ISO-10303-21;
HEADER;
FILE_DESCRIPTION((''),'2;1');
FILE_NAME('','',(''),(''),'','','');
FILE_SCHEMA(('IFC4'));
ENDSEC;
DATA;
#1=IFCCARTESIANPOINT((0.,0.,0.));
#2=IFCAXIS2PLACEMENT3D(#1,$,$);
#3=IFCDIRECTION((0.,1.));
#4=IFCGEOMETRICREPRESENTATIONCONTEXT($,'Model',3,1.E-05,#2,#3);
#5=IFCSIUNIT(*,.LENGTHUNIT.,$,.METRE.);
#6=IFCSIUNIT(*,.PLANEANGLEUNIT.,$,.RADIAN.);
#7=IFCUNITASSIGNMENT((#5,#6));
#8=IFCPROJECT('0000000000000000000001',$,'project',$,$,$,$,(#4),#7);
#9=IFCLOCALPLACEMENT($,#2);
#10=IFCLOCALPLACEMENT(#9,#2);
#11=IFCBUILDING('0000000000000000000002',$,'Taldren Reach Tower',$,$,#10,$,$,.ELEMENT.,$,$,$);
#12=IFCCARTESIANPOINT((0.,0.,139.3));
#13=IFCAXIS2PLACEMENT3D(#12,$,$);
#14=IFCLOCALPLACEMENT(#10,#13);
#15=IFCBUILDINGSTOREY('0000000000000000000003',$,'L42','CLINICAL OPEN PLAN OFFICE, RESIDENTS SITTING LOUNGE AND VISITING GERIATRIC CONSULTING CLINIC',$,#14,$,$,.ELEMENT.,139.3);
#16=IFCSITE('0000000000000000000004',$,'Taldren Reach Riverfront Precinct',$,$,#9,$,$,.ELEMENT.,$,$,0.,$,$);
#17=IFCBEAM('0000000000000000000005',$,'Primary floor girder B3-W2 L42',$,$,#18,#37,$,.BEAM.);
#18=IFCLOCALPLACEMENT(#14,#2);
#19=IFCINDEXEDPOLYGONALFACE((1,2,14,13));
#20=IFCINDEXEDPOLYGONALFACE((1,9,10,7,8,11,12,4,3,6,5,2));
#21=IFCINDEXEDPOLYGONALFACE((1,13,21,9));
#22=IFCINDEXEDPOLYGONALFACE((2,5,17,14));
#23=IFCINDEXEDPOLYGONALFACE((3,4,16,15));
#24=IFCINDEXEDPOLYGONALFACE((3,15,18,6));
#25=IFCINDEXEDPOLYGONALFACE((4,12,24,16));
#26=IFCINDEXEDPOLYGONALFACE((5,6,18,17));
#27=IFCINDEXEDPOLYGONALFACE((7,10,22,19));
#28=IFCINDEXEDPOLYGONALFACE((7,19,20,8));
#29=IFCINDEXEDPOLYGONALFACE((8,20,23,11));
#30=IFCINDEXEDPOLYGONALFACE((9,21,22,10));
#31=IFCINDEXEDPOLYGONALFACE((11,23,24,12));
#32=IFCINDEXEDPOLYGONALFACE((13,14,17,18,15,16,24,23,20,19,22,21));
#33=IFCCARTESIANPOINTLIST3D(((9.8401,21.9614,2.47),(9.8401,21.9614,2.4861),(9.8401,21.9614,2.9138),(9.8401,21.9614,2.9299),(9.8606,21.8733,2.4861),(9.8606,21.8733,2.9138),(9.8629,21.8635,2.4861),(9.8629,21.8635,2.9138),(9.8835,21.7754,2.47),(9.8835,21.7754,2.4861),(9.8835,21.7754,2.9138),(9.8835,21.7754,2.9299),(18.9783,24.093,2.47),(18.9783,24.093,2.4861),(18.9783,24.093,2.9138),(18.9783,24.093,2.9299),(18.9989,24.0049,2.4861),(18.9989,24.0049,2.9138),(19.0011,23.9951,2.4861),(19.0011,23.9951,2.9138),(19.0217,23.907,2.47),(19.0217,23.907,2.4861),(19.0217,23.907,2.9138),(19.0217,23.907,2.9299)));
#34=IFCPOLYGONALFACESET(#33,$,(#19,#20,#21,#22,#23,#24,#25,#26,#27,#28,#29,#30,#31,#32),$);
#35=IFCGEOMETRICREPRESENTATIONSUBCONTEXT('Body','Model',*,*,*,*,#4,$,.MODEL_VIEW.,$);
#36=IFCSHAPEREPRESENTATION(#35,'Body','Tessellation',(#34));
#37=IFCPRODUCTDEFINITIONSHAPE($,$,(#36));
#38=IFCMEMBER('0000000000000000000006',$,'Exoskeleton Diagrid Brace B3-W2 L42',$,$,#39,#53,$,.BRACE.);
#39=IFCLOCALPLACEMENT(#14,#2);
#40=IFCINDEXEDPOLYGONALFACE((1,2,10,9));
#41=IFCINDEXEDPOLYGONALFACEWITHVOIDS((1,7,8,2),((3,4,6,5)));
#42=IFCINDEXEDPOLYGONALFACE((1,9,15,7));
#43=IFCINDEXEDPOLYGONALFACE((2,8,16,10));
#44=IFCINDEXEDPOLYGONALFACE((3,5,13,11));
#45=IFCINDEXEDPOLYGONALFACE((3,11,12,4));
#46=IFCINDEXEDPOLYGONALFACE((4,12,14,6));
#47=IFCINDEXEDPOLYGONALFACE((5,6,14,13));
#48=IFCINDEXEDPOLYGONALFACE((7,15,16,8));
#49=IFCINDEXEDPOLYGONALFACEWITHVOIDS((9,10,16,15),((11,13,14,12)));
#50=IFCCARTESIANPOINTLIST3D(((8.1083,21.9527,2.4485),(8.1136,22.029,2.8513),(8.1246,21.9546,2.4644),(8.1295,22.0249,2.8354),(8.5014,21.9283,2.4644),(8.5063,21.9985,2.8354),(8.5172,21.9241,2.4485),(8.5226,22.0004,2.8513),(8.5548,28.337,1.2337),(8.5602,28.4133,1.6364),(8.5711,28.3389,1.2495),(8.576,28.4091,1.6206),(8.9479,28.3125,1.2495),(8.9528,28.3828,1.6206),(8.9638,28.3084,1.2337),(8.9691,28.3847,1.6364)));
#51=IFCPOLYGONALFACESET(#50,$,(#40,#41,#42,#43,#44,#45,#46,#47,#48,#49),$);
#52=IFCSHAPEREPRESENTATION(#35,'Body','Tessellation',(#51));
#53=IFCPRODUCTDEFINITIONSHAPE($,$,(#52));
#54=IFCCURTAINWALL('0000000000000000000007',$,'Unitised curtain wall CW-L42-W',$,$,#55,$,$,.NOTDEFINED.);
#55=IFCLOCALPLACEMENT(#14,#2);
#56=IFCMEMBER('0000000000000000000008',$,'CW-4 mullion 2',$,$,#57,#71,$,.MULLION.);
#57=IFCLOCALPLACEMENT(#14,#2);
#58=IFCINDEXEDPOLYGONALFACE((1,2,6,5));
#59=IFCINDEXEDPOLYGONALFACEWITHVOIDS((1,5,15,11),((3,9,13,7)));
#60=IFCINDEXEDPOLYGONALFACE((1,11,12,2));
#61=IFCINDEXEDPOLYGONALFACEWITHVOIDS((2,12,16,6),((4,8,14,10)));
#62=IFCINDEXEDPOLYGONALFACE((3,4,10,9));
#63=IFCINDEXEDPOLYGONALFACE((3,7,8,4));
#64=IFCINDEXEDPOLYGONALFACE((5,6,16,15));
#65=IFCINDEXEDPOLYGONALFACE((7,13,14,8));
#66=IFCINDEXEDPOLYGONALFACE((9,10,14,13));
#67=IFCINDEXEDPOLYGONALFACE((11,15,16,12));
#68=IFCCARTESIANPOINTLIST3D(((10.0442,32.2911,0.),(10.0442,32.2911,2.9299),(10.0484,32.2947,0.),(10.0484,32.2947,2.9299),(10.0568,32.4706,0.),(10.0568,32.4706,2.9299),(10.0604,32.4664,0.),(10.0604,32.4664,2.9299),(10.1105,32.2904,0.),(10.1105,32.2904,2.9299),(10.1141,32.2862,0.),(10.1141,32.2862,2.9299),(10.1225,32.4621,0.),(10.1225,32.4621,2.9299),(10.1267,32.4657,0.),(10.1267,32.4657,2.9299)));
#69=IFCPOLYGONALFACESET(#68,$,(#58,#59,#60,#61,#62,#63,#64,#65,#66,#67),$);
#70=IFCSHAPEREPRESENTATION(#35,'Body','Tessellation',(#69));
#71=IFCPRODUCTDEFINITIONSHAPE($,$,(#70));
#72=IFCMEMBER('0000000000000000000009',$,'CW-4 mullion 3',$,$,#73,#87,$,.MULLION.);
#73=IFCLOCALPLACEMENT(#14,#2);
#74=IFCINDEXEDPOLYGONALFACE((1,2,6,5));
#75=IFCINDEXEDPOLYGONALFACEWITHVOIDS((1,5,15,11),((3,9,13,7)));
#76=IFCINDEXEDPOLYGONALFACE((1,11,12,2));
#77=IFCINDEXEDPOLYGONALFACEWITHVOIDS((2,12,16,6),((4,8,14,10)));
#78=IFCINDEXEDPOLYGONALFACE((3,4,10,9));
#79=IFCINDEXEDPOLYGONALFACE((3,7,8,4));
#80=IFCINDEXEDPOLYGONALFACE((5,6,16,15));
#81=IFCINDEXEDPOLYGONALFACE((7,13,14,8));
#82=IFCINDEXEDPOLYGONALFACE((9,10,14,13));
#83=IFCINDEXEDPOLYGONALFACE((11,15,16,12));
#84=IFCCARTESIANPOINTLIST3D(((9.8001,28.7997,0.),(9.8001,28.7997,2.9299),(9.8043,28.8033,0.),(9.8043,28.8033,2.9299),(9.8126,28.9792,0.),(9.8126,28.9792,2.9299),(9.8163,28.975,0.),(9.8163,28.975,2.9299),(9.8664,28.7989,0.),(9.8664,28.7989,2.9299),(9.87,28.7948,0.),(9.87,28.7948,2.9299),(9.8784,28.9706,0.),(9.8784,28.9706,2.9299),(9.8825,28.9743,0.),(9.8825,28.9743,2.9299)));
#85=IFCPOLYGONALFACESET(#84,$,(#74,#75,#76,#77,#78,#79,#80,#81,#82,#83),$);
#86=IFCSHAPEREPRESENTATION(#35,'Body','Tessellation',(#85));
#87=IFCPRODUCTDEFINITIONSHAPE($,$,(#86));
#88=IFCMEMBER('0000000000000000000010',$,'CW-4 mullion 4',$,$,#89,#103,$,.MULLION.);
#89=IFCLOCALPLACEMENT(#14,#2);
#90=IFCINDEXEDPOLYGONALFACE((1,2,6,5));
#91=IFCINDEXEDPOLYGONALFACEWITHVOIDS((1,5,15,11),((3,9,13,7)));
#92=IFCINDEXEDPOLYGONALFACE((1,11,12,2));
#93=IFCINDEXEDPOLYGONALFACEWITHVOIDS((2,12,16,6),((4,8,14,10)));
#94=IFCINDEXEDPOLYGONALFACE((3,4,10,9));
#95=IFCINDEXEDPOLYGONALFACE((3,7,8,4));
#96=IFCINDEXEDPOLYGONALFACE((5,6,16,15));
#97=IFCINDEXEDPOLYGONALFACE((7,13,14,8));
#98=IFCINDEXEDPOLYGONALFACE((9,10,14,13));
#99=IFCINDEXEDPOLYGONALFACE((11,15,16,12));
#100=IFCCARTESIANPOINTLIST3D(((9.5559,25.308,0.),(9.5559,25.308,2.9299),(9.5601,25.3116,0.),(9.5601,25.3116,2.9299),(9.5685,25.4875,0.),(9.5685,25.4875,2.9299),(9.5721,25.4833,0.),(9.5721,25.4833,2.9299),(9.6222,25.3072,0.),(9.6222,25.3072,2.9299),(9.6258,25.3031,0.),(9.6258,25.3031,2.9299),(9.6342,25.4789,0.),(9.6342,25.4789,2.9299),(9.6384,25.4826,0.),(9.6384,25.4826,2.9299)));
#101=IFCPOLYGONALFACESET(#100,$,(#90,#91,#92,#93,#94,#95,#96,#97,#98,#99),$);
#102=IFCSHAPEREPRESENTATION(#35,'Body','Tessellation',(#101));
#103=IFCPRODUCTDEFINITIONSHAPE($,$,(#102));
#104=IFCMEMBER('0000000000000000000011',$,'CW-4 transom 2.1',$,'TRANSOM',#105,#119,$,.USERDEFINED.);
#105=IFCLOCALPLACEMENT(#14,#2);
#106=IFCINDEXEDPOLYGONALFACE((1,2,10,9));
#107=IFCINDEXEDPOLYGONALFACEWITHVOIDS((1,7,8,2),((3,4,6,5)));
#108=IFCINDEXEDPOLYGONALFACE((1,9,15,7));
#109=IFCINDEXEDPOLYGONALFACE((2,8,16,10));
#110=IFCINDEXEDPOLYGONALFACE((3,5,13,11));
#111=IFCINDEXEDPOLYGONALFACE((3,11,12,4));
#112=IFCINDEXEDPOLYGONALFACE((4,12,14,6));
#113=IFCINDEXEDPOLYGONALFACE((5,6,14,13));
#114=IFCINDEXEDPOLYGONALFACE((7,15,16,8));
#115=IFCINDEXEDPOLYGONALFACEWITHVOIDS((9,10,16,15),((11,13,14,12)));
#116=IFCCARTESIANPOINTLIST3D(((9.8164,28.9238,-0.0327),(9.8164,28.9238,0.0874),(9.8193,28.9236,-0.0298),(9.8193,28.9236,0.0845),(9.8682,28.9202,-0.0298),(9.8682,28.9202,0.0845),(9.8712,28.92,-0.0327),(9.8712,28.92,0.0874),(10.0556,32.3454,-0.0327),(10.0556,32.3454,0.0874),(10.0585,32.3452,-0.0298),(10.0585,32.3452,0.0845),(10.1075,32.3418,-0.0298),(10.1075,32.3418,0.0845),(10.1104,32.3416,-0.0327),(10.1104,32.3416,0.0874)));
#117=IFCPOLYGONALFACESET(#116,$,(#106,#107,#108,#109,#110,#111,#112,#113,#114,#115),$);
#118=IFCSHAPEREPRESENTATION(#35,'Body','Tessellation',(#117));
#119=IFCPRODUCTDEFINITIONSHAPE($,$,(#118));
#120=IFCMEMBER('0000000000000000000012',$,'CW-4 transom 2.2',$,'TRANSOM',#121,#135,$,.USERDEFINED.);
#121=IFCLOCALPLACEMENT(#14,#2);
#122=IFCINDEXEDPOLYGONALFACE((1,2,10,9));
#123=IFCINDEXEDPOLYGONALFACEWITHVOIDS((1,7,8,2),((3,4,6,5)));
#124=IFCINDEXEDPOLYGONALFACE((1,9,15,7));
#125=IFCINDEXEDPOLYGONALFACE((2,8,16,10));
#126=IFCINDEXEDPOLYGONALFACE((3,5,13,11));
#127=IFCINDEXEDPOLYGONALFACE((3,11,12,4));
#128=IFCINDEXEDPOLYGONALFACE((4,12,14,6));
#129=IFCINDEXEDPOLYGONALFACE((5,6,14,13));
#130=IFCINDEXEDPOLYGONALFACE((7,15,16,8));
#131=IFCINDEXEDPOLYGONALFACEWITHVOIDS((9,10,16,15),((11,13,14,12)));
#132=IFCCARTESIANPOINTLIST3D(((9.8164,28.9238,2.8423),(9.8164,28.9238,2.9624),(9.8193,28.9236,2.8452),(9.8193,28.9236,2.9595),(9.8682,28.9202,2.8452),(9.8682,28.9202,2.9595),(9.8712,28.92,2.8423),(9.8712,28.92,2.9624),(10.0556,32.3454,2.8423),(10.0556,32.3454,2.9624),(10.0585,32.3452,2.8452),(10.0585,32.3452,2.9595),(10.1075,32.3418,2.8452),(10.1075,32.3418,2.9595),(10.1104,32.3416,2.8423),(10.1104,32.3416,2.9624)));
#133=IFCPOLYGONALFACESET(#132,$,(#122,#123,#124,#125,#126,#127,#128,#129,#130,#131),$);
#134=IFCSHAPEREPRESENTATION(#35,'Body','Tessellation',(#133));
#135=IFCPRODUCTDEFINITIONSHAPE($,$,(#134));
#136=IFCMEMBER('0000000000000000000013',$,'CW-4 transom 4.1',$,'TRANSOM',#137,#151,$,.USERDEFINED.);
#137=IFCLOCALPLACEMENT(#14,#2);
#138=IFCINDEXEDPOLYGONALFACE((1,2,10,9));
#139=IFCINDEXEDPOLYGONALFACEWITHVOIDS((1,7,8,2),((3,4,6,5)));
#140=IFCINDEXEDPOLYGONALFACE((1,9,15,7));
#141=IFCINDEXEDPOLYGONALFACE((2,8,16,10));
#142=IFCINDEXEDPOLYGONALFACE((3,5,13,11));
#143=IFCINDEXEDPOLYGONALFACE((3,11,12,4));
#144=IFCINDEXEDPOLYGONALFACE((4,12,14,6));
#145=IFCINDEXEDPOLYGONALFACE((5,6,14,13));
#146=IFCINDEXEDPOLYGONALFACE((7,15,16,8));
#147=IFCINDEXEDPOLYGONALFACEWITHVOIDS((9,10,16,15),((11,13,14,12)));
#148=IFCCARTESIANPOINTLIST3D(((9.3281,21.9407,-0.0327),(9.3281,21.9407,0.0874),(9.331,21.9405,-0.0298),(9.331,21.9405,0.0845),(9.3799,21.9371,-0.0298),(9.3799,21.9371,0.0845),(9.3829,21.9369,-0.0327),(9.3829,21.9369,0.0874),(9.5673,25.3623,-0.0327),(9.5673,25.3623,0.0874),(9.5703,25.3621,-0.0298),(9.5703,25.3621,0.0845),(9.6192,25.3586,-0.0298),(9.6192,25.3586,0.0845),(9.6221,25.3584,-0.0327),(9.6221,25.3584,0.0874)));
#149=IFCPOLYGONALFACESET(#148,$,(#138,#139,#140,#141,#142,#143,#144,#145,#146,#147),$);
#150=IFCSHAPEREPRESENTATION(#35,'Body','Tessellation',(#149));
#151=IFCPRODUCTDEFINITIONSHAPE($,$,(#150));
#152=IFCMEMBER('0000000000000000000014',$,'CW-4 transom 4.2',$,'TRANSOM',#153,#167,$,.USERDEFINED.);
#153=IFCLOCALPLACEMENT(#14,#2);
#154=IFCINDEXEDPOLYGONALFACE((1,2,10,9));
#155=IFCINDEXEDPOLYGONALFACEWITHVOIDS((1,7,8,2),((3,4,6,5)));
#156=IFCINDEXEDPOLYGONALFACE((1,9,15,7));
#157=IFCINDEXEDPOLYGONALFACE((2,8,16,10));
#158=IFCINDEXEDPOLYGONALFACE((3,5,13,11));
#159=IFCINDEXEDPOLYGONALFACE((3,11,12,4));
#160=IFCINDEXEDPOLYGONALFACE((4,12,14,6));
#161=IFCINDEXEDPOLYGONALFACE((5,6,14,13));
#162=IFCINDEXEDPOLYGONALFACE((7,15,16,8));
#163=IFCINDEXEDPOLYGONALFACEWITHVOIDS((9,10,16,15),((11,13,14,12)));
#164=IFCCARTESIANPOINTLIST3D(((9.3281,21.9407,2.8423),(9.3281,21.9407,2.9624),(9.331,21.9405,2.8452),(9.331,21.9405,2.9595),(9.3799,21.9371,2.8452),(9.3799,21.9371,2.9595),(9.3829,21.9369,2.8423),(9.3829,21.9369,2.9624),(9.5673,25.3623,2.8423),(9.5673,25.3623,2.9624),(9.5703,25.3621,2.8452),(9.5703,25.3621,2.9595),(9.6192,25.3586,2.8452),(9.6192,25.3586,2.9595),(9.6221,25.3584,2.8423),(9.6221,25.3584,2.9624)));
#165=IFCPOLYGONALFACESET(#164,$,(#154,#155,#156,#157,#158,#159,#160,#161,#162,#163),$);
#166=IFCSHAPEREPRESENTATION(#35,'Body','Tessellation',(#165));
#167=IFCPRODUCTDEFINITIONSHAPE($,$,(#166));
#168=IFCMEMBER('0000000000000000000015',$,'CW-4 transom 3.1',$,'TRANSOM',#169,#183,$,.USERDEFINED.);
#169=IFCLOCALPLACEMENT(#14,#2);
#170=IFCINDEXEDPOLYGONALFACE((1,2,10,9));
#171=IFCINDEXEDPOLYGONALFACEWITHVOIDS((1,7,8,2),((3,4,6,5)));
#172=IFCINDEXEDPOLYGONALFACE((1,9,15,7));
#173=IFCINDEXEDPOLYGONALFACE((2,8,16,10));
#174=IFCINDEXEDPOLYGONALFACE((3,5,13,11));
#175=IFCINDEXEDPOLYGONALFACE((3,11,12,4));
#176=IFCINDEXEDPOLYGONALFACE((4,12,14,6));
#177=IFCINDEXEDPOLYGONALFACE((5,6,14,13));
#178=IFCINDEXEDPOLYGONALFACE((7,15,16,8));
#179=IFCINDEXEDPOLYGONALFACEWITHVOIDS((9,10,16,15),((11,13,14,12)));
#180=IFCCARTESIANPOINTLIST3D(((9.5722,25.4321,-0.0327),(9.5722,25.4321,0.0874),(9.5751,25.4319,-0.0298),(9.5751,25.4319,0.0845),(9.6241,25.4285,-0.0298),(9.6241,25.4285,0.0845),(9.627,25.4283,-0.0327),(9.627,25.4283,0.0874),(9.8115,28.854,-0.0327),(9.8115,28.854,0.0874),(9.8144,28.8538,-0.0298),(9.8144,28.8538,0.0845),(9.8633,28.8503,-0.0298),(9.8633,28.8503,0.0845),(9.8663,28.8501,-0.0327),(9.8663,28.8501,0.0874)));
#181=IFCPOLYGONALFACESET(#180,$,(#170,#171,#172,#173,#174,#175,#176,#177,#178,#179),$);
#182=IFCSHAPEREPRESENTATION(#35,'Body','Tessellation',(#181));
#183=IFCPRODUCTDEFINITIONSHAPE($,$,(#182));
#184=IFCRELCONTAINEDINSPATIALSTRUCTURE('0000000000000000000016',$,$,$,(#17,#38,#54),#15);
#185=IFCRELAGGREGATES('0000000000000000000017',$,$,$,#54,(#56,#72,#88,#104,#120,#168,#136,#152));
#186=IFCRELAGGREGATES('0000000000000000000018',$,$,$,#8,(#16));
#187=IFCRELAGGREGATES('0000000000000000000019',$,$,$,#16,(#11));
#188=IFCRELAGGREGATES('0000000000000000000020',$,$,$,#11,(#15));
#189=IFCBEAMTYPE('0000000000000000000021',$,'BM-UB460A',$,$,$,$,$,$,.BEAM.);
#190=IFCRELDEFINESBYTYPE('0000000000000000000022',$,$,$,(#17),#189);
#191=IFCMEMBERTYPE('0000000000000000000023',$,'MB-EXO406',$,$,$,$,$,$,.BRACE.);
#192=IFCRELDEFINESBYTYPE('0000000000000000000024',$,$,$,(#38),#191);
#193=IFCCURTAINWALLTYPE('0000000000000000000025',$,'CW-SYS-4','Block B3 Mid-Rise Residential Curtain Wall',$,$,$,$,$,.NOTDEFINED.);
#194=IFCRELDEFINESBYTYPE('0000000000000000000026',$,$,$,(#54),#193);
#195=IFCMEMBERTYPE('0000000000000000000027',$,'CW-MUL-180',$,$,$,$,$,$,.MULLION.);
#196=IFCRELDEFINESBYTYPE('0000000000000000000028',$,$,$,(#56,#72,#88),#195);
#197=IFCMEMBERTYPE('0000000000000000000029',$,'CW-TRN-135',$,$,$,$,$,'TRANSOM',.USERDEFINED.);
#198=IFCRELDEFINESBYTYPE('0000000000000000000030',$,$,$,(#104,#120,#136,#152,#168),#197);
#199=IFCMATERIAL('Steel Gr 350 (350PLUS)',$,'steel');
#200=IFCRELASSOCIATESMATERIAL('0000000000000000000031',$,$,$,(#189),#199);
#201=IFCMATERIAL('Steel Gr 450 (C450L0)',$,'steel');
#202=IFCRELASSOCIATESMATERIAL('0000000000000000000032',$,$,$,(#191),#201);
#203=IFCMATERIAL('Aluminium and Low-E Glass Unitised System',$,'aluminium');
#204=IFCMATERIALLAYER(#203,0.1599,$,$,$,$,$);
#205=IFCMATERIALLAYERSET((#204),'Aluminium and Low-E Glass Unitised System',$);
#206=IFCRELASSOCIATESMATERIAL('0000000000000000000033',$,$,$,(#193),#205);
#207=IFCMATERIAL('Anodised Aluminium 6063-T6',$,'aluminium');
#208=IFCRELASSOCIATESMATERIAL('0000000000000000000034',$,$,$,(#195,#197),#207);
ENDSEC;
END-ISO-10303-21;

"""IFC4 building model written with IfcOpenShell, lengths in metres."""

from ifc_helpers import new_model, si_unit, direction, frame, origin, origin_2d, place, context, subcontext, project, spatial, hollow_rectangle, i_section, extrude, source, transform, mapped, material, layer, layer_set, material_profile, profile_set, type_object, element, aggregate, save


model = new_model("IFC4")

# Units and contexts
model_context = context("Model", 3, precision=1e-05, world=origin(), true_north=direction((0.0, 1.0)))
body_context = subcontext(model_context, "Body", "Model", "MODEL_VIEW")
ifc_project = project(units=[si_unit("LENGTHUNIT", "METRE"), si_unit("PLANEANGLEUNIT", "RADIAN")], contexts=[model_context])

# Site, building, storey
site_placement = place(None, origin())
site = spatial("IfcSite", under=ifc_project, at=site_placement, Name="Taldren Reach Riverfront Precinct", CompositionType="ELEMENT", RefElevation=0.0)
building_placement = place(site_placement, origin())
building = spatial("IfcBuilding", under=site, at=building_placement, Name="Taldren Reach Tower", CompositionType="ELEMENT")
storey_placement = place(building_placement, frame((0.0, 0.0, 139.3)))
storey = spatial("IfcBuildingStorey", under=building, at=storey_placement, Name="L42", Description="CLINICAL OPEN PLAN OFFICE, RESIDENTS SITTING LOUNGE AND VISITING GERIATRIC CONSULTING CLINIC", CompositionType="ELEMENT", Elevation=139.3)

# Shared definitions
ifc_material_1 = material(Name="Steel Gr 450 (C450L0)", Category="steel")

# Beam
ifc_material_2 = material(Name="Steel Gr 350 (350PLUS)", Category="steel")
ifc_material_profile_1 = material_profile(ifc_material_2, i_section(OverallWidth=0.1909, OverallDepth=0.46, WebThickness=0.01, FlangeThickness=0.0161, at=origin_2d()), Name="460UB82.1")
ifc_profile_set_1 = profile_set([ifc_material_profile_1], Name="Steel Gr 350 (350PLUS)")
beam_type_1 = type_object("IfcBeamType", Name="BM-UB460A", PredefinedType="BEAM", material=ifc_profile_set_1)
shared_shape_1 = source(origin(), body_context, "Body", "SweptSolid", [
    extrude(i_section(OverallWidth=0.1909, OverallDepth=0.46, WebThickness=0.01, FlangeThickness=0.0161, at=origin_2d()), origin(), (0.0, 0.0, 1.0), 9.3835),
])
beam_1_placement = place(storey_placement, frame((19.0, 24.0, 2.7), z_axis=(-0.973857, -0.227164, 0.0), x_axis=(0.227164, -0.973857, 0.0)))
element("IfcBeam", 1, at=beam_1_placement, inside=storey, type_object=beam_type_1, Name="Primary floor girder B3-W2 L42", PredefinedType="BEAM", context=body_context, shape_type="MappedRepresentation", body=[
    mapped(shared_shape_1, transform((0.0, 0.0, 0.0), scale=1.0)),
])

# Member
ifc_material_profile_2 = material_profile(ifc_material_1, hollow_rectangle(XDim=0.4099, YDim=0.4099, WallThickness=0.0161, at=origin_2d()), Name="410x410x16.0SHS")
ifc_profile_set_2 = profile_set([ifc_material_profile_2], Name="Steel Gr 450 (C450L0)")
member_type_1 = type_object("IfcMemberType", Name="MB-EXO406", PredefinedType="BRACE", material=ifc_profile_set_2)
shared_shape_2 = source(origin(), body_context, "Body", "SweptSolid", [
    extrude(hollow_rectangle(XDim=0.4099, YDim=0.4099, WallThickness=0.0161, at=origin_2d()), origin(), (0.0, 0.0, 1.0), 6.5142),
])
member_1_placement = place(storey_placement, frame((8.762, 28.3608, 1.4351), z_axis=(-0.068548, -0.980062, 0.186493), x_axis=(0.997563, -0.069772, 0.0)))
element("IfcMember", 2, at=member_1_placement, inside=storey, type_object=member_type_1, Name="Exoskeleton Diagrid Brace B3-W2 L42", PredefinedType="BRACE", context=body_context, shape_type="MappedRepresentation", body=[
    mapped(shared_shape_2, transform((0.0, 0.0, 0.0), scale=1.0)),
])

# Curtain wall, members
ifc_material_3 = material(Name="Aluminium and Low-E Glass Unitised System", Category="aluminium")
ifc_layer_1 = layer(ifc_material_3, 0.1599)
ifc_layer_set_1 = layer_set([ifc_layer_1], Name="Aluminium and Low-E Glass Unitised System")
curtain_wall_type = type_object("IfcCurtainWallType", Name="CW-SYS-4", Description="Block B3 Mid-Rise Residential Curtain Wall", PredefinedType="NOTDEFINED", material=ifc_layer_set_1)
curtain_wall_placement = place(storey_placement, origin())
curtain_wall = element("IfcCurtainWall", 3, at=curtain_wall_placement, inside=storey, type_object=curtain_wall_type, Name="Unitised curtain wall CW-L42-W", PredefinedType="NOTDEFINED")
ifc_material_4 = material(Name="Anodised Aluminium 6063-T6", Category="aluminium")
ifc_material_profile_3 = material_profile(ifc_material_4, hollow_rectangle(XDim=0.0701, YDim=0.1799, WallThickness=0.0039, at=origin_2d()), Name="ALU-180x70x4RHS")
ifc_profile_set_3 = profile_set([ifc_material_profile_3], Name="Anodised Aluminium 6063-T6")
member_type_2 = type_object("IfcMemberType", Name="CW-MUL-180", PredefinedType="MULLION", material=ifc_profile_set_3)
shared_shape_3 = source(origin(), body_context, "Body", "SweptSolid", [
    extrude(hollow_rectangle(XDim=0.0701, YDim=0.1799, WallThickness=0.0039, at=origin_2d()), origin(), (0.0, 0.0, 1.0), 2.9299),
])
member_2_placement = place(storey_placement, frame((10.0854, 32.3784, 0.0), z_axis=(0.0, 0.0, 1.0), x_axis=(0.997564, -0.069756, 0.0)))
member_2 = element("IfcMember", 4, at=member_2_placement, type_object=member_type_2, Name="CW-4 mullion 2", PredefinedType="MULLION", context=body_context, shape_type="MappedRepresentation", body=[
    mapped(shared_shape_3, transform((0.0, 0.0, 0.0), scale=1.0)),
])
member_3_placement = place(storey_placement, frame((9.8413, 28.887, 0.0), z_axis=(0.0, 0.0, 1.0), x_axis=(0.997564, -0.069756, 0.0)))
member_3 = element("IfcMember", 5, at=member_3_placement, type_object=member_type_2, Name="CW-4 mullion 3", PredefinedType="MULLION", context=body_context, shape_type="MappedRepresentation", body=[
    mapped(shared_shape_3, transform((0.0, 0.0, 0.0), scale=1.0)),
])
member_4_placement = place(storey_placement, frame((9.5972, 25.3953, 0.0), z_axis=(0.0, 0.0, 1.0), x_axis=(0.997564, -0.069756, 0.0)))
member_4 = element("IfcMember", 6, at=member_4_placement, type_object=member_type_2, Name="CW-4 mullion 4", PredefinedType="MULLION", context=body_context, shape_type="MappedRepresentation", body=[
    mapped(shared_shape_3, transform((0.0, 0.0, 0.0), scale=1.0)),
])
ifc_material_profile_4 = material_profile(ifc_material_4, hollow_rectangle(XDim=0.0549, YDim=0.1201, WallThickness=0.0029, at=origin_2d()), Name="ALU-120x55x3RHS")
ifc_profile_set_4 = profile_set([ifc_material_profile_4], Name="Anodised Aluminium 6063-T6")
member_type_3 = type_object("IfcMemberType", Name="CW-TRN-135", ElementType="TRANSOM", PredefinedType="USERDEFINED", material=ifc_profile_set_4)
shared_shape_4 = source(origin(), body_context, "Body", "SweptSolid", [
    extrude(hollow_rectangle(XDim=0.0549, YDim=0.1201, WallThickness=0.0029, at=origin_2d()), origin(), (0.0, 0.0, 1.0), 3.4299),
])
member_5_placement = place(storey_placement, frame((10.083, 32.3435, 0.0273), z_axis=(-0.069755, -0.997564, 0.0), x_axis=(0.997564, -0.069755, 0.0)))
member_5 = element("IfcMember", 7, at=member_5_placement, type_object=member_type_3, Name="CW-4 transom 2.1", ObjectType="TRANSOM", PredefinedType="USERDEFINED", context=body_context, shape_type="MappedRepresentation", body=[
    mapped(shared_shape_4, transform((0.0, 0.0, 0.0), scale=1.0)),
])
member_6_placement = place(storey_placement, frame((10.083, 32.3435, 2.9023), z_axis=(-0.069755, -0.997564, 0.0), x_axis=(0.997564, -0.069755, 0.0)))
member_6 = element("IfcMember", 8, at=member_6_placement, type_object=member_type_3, Name="CW-4 transom 2.2", ObjectType="TRANSOM", PredefinedType="USERDEFINED", context=body_context, shape_type="MappedRepresentation", body=[
    mapped(shared_shape_4, transform((0.0, 0.0, 0.0), scale=1.0)),
])
member_7_placement = place(storey_placement, frame((9.5947, 25.3604, 0.0273), z_axis=(-0.069755, -0.997564, 0.0), x_axis=(0.997564, -0.069755, 0.0)))
member_7 = element("IfcMember", 9, at=member_7_placement, type_object=member_type_3, Name="CW-4 transom 4.1", ObjectType="TRANSOM", PredefinedType="USERDEFINED", context=body_context, shape_type="MappedRepresentation", body=[
    mapped(shared_shape_4, transform((0.0, 0.0, 0.0), scale=1.0)),
])
member_8_placement = place(storey_placement, frame((9.5947, 25.3604, 2.9023), z_axis=(-0.069755, -0.997564, 0.0), x_axis=(0.997564, -0.069755, 0.0)))
member_8 = element("IfcMember", 10, at=member_8_placement, type_object=member_type_3, Name="CW-4 transom 4.2", ObjectType="TRANSOM", PredefinedType="USERDEFINED", context=body_context, shape_type="MappedRepresentation", body=[
    mapped(shared_shape_4, transform((0.0, 0.0, 0.0), scale=1.0)),
])
shared_shape_5 = source(origin(), body_context, "Body", "SweptSolid", [
    extrude(hollow_rectangle(XDim=0.0549, YDim=0.1201, WallThickness=0.0029, at=origin_2d()), origin(), (0.0, 0.0, 1.0), 3.4302),
])
member_9_placement = place(storey_placement, frame((9.8389, 28.8521, 0.0273), z_axis=(-0.06975, -0.997565, 0.0), x_axis=(0.997565, -0.06975, 0.0)))
member_9 = element("IfcMember", 11, at=member_9_placement, type_object=member_type_3, Name="CW-4 transom 3.1", ObjectType="TRANSOM", PredefinedType="USERDEFINED", context=body_context, shape_type="MappedRepresentation", body=[
    mapped(shared_shape_5, transform((0.0, 0.0, 0.0), scale=1.0)),
])

aggregate(curtain_wall, [member_2, member_3, member_4, member_5, member_6, member_9, member_7, member_8])

save(model, "model.ifc")
